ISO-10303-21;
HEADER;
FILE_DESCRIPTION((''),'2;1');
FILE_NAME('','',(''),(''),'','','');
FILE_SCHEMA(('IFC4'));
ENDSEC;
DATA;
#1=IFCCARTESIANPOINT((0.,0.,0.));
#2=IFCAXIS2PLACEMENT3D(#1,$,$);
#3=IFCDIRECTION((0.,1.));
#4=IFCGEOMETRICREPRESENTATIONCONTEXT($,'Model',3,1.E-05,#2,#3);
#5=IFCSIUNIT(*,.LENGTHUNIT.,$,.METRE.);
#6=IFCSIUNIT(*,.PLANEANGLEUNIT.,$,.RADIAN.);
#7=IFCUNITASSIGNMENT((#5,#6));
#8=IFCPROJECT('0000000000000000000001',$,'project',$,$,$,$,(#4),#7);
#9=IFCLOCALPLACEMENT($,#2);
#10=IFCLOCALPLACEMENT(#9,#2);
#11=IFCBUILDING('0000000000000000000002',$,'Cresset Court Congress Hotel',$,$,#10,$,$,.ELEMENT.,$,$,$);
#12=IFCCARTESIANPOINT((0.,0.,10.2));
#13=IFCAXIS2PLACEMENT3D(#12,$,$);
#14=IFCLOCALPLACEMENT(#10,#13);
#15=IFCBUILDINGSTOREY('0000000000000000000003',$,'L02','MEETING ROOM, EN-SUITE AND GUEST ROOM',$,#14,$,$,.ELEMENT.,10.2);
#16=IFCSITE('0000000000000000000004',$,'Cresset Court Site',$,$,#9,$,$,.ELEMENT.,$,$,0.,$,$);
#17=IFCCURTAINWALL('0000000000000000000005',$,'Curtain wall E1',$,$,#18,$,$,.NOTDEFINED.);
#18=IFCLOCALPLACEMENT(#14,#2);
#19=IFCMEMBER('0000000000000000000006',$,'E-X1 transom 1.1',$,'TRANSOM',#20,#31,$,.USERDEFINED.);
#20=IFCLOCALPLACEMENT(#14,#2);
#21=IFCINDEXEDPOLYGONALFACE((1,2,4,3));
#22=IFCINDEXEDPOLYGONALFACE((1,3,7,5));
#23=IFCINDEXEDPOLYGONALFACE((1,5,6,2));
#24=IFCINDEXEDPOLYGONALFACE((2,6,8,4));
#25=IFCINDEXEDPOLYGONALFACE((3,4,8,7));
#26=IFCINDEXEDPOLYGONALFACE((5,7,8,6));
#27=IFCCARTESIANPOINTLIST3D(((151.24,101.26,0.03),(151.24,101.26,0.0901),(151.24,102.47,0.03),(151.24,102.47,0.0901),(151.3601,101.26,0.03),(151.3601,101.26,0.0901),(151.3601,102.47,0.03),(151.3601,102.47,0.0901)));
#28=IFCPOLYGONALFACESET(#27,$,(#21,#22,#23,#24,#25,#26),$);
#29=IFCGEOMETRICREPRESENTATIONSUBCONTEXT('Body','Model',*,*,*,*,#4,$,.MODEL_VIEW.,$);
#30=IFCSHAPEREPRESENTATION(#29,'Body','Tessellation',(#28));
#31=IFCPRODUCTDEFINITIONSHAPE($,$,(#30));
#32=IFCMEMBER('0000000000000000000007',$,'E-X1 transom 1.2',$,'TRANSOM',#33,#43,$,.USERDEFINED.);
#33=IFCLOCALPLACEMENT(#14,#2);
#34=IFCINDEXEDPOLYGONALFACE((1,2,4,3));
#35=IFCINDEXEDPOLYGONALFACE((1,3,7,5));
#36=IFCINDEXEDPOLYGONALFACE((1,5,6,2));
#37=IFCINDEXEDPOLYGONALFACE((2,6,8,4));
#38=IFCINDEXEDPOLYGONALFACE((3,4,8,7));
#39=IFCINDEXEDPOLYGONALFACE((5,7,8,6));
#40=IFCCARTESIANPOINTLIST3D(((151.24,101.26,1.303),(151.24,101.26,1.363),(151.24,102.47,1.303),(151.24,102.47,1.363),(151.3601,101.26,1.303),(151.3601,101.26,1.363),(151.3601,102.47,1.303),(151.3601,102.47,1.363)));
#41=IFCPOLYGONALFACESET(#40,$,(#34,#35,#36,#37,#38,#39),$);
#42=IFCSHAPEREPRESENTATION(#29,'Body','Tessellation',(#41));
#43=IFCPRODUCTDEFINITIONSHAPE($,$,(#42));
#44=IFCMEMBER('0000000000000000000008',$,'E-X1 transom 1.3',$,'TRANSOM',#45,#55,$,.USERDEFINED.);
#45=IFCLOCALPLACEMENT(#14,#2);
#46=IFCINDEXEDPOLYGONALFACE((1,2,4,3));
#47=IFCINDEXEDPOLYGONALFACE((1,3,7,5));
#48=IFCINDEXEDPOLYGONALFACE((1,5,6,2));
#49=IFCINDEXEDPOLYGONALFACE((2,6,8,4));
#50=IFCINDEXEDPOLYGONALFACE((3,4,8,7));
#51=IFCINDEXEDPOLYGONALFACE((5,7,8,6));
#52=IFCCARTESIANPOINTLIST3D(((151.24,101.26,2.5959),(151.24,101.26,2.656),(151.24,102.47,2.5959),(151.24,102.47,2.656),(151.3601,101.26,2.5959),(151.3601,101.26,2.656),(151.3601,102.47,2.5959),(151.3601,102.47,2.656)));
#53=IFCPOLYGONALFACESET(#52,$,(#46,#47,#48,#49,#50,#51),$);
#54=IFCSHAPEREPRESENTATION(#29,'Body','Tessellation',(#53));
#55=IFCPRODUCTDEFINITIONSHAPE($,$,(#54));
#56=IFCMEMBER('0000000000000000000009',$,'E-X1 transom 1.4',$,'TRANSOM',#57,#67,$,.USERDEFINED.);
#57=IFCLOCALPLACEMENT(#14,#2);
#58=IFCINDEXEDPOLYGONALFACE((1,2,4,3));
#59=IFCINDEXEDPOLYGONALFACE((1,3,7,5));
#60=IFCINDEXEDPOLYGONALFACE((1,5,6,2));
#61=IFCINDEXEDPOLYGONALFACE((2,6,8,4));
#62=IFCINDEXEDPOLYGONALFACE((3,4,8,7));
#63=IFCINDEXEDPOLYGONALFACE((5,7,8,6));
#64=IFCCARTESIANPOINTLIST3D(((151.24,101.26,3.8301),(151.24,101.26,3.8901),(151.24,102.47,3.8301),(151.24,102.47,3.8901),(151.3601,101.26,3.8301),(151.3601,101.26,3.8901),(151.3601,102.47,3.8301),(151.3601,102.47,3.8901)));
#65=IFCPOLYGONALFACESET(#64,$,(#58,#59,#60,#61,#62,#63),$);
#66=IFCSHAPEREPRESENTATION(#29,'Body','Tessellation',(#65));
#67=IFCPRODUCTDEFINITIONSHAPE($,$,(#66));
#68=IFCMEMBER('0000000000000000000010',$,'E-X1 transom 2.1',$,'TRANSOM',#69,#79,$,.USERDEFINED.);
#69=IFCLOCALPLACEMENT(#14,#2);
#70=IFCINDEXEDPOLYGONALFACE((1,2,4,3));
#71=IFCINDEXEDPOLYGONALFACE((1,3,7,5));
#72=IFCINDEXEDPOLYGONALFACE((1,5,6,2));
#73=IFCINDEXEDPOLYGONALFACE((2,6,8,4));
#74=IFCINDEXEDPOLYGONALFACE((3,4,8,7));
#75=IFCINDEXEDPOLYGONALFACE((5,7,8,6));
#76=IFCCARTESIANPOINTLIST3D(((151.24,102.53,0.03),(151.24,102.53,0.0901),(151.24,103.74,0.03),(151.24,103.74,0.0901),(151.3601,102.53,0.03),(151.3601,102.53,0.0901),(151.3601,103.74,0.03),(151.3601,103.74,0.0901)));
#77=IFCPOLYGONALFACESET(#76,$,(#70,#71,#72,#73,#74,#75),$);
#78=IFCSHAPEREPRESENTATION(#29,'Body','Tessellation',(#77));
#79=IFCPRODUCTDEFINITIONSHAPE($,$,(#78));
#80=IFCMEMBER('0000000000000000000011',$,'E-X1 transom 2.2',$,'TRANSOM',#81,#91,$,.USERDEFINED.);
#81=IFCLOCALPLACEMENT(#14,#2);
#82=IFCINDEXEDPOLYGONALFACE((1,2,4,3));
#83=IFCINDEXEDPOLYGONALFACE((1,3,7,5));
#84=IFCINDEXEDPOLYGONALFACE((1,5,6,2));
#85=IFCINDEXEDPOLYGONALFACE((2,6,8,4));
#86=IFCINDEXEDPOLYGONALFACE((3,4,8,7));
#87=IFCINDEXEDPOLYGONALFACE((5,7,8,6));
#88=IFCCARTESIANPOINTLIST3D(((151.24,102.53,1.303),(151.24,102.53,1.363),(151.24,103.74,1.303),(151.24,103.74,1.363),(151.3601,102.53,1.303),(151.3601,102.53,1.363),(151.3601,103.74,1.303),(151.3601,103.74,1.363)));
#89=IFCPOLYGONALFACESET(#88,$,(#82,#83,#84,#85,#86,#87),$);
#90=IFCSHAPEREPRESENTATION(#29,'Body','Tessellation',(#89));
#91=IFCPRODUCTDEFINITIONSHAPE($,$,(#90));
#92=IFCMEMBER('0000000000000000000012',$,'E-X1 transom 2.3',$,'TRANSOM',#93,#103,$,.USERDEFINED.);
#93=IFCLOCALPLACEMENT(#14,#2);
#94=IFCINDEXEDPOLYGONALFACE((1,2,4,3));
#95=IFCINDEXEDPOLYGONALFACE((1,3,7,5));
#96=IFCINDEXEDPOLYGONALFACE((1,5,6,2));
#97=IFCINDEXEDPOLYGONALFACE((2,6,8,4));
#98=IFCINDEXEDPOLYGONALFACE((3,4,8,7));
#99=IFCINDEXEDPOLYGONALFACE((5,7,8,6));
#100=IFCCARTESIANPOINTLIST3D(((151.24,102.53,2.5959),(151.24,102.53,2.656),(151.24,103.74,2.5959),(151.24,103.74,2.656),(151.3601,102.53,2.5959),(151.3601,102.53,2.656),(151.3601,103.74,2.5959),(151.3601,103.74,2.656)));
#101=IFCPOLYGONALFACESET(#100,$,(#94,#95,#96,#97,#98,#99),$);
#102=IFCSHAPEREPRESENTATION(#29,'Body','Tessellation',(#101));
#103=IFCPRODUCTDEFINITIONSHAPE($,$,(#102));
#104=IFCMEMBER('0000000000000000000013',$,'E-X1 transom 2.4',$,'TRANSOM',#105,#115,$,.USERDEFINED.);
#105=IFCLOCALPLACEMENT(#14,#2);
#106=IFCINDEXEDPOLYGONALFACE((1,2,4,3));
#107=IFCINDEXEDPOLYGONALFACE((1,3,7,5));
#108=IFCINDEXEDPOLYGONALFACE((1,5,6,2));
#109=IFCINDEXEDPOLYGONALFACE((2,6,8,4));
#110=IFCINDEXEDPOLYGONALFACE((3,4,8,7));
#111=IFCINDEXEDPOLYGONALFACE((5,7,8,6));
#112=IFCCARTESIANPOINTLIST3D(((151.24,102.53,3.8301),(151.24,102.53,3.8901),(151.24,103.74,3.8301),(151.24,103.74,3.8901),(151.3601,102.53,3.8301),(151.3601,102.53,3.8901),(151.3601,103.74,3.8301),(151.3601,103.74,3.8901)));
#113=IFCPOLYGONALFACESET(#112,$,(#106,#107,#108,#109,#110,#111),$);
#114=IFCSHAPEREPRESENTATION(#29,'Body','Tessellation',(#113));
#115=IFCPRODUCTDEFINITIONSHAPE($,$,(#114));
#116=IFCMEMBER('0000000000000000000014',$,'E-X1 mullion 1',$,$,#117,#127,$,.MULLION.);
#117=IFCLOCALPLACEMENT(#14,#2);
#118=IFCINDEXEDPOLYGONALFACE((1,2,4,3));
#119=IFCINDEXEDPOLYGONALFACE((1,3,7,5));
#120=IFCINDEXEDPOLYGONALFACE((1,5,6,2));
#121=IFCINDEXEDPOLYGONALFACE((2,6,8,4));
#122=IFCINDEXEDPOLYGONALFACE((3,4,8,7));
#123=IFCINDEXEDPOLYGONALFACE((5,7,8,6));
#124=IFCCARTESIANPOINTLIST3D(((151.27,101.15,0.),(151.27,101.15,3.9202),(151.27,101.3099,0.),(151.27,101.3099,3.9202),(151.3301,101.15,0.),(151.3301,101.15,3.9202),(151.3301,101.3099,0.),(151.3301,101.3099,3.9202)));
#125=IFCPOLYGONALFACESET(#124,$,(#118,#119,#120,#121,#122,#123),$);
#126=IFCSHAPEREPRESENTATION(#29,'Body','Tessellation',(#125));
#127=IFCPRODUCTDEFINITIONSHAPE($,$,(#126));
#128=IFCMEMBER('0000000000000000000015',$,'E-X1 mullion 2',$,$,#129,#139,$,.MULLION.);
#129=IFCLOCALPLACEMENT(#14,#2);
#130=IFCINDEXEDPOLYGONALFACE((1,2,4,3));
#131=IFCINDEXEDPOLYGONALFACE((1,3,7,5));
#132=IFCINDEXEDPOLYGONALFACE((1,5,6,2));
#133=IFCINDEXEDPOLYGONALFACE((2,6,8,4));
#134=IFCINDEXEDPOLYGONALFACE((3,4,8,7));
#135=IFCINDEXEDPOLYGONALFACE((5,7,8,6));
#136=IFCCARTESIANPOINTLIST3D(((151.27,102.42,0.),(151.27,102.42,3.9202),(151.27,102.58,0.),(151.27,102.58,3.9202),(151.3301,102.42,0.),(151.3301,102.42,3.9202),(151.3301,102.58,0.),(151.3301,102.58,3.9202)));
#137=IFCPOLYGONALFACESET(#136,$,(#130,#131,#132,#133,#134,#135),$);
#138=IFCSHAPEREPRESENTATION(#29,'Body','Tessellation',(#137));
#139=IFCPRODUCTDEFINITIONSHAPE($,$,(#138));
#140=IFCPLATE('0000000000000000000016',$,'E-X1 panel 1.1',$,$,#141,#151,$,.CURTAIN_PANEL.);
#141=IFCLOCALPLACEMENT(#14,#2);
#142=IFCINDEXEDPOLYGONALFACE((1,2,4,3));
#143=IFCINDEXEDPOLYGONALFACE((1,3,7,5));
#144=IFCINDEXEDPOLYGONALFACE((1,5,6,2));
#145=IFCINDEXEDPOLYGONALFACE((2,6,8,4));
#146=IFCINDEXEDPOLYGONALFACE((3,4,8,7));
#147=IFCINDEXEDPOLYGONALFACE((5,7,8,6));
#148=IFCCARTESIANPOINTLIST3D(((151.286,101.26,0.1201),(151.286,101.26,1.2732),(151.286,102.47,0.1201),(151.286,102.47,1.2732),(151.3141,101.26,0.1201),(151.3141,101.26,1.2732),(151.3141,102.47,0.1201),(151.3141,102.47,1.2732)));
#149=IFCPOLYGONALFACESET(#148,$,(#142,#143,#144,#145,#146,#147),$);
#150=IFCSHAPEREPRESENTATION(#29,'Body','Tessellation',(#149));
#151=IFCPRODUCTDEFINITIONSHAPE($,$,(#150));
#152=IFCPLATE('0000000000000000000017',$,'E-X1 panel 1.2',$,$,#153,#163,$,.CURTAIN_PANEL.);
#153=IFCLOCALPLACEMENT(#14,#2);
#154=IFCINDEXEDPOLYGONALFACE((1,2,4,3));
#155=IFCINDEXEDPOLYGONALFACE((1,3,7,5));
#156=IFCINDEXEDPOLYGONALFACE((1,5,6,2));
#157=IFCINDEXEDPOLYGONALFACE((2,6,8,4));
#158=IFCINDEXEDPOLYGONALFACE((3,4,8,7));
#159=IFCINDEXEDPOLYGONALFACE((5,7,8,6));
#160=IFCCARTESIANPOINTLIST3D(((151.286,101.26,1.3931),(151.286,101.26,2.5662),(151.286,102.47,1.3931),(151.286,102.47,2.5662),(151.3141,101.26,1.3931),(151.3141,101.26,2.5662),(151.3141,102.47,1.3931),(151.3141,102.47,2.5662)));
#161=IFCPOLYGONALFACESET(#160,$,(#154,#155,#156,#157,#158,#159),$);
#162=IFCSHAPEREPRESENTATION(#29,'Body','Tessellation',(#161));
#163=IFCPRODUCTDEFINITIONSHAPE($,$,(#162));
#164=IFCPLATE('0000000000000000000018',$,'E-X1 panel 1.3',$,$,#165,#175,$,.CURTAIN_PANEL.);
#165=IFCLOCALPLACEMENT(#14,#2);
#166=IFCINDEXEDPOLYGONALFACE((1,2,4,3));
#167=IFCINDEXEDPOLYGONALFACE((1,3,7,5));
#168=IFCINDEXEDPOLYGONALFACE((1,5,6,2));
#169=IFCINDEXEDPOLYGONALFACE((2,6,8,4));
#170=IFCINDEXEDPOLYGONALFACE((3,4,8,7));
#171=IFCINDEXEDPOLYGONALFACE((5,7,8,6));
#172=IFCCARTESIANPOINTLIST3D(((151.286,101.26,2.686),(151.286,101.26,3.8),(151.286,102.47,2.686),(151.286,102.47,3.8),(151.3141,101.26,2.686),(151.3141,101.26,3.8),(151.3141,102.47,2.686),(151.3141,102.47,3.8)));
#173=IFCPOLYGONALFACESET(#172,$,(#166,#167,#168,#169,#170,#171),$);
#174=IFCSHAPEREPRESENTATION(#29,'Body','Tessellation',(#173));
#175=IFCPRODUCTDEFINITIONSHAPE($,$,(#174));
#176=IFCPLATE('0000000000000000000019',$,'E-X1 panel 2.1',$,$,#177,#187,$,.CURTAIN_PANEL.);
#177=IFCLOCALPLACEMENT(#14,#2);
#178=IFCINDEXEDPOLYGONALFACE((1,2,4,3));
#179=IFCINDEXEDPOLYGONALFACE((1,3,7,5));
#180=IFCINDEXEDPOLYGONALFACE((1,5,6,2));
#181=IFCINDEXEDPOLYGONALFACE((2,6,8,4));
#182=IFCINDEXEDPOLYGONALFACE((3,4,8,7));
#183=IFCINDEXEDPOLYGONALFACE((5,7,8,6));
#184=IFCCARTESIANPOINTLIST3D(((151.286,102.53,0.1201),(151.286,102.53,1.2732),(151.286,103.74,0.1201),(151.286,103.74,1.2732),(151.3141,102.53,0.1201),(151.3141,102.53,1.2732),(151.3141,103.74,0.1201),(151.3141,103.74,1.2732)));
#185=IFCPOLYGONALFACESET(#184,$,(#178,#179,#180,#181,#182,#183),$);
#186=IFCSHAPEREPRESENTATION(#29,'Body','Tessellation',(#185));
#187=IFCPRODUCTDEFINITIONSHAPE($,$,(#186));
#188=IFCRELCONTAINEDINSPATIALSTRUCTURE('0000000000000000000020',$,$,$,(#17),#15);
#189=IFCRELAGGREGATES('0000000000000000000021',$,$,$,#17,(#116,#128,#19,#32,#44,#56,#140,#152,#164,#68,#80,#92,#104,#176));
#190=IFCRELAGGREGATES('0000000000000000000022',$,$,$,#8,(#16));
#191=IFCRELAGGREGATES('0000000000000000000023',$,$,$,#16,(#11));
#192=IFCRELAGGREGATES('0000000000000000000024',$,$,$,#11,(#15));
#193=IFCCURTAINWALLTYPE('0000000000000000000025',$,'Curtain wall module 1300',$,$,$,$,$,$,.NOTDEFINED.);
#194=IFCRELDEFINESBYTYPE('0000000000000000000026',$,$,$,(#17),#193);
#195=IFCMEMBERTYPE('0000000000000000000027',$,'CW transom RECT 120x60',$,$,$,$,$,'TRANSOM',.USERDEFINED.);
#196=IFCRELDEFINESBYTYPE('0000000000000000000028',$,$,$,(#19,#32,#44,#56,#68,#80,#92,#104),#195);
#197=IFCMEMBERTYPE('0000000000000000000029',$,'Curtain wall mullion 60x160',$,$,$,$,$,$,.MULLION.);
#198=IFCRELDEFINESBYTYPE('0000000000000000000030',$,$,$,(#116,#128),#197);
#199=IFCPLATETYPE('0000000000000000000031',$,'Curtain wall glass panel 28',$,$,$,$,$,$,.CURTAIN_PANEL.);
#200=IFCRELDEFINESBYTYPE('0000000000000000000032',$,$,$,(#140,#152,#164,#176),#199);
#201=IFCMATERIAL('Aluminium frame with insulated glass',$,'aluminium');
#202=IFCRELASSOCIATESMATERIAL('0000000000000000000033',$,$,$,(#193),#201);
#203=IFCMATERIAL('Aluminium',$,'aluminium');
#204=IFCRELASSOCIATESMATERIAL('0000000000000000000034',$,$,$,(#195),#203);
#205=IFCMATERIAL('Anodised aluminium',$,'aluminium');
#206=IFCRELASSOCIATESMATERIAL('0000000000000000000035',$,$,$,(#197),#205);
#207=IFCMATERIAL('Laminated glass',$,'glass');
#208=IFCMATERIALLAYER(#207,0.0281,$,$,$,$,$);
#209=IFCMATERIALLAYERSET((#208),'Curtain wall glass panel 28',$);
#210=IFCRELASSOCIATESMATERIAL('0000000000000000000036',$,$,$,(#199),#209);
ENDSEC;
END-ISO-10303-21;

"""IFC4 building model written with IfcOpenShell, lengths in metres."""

from ifc_helpers import new_model, si_unit, direction, frame, origin, origin_2d, place, context, subcontext, project, spatial, rectangle, extrude, material, layer, layer_set, material_profile, profile_set, type_object, element, aggregate, save


model = new_model("IFC4")

# Units and contexts
model_context = context("Model", 3, precision=1e-05, world=origin(), true_north=direction((0.0, 1.0)))
body_context = subcontext(model_context, "Body", "Model", "MODEL_VIEW")
ifc_project = project(units=[si_unit("LENGTHUNIT", "METRE"), si_unit("PLANEANGLEUNIT", "RADIAN")], contexts=[model_context])

# Site, building, storey
site_placement = place(None, origin())
site = spatial("IfcSite", under=ifc_project, at=site_placement, Name="Cresset Court Site", CompositionType="ELEMENT", RefElevation=0.0)
building_placement = place(site_placement, origin())
building = spatial("IfcBuilding", under=site, at=building_placement, Name="Cresset Court Congress Hotel", CompositionType="ELEMENT")
storey_placement = place(building_placement, frame((0.0, 0.0, 10.2)))
storey = spatial("IfcBuildingStorey", under=building, at=storey_placement, Name="L02", Description="MEETING ROOM, EN-SUITE AND GUEST ROOM", CompositionType="ELEMENT", Elevation=10.2)

# Curtain wall, members, plates
ifc_material_1 = material(Name="Aluminium frame with insulated glass", Category="aluminium")
curtain_wall_type = type_object("IfcCurtainWallType", Name="Curtain wall module 1300", PredefinedType="NOTDEFINED", material=ifc_material_1)
curtain_wall_placement = place(storey_placement, origin())
curtain_wall = element("IfcCurtainWall", 1, at=curtain_wall_placement, inside=storey, type_object=curtain_wall_type, Name="Curtain wall E1", PredefinedType="NOTDEFINED")
ifc_material_2 = material(Name="Aluminium", Category="aluminium")
ifc_material_profile_1 = material_profile(ifc_material_2, rectangle(XDim=0.1201, YDim=0.0601, at=origin_2d()), Name="AL 120x60")
ifc_profile_set_1 = profile_set([ifc_material_profile_1], Name="Aluminium")
member_type_1 = type_object("IfcMemberType", Name="CW transom RECT 120x60", ElementType="TRANSOM", PredefinedType="USERDEFINED", material=ifc_profile_set_1)
member_1_placement = place(storey_placement, frame((151.3, 101.26, 0.0601), z_axis=(0.0, 1.0, 0.0), x_axis=(-1.0, 0.0, 0.0)))
member_1 = element("IfcMember", 2, at=member_1_placement, type_object=member_type_1, Name="E-X1 transom 1.1", ObjectType="TRANSOM", PredefinedType="USERDEFINED", context=body_context, shape_type="SweptSolid", body=[
    extrude(rectangle(XDim=0.1201, YDim=0.0601, at=origin_2d()), origin(), (0.0, 0.0, 1.0), 1.21),
])
member_2_placement = place(storey_placement, frame((151.3, 101.26, 1.333), z_axis=(0.0, 1.0, 0.0), x_axis=(-1.0, 0.0, 0.0)))
member_2 = element("IfcMember", 3, at=member_2_placement, type_object=member_type_1, Name="E-X1 transom 1.2", ObjectType="TRANSOM", PredefinedType="USERDEFINED", context=body_context, shape_type="SweptSolid", body=[
    extrude(rectangle(XDim=0.1201, YDim=0.0601, at=origin_2d()), origin(), (0.0, 0.0, 1.0), 1.21),
])
member_3_placement = place(storey_placement, frame((151.3, 101.26, 2.626), z_axis=(0.0, 1.0, 0.0), x_axis=(-1.0, 0.0, 0.0)))
member_3 = element("IfcMember", 4, at=member_3_placement, type_object=member_type_1, Name="E-X1 transom 1.3", ObjectType="TRANSOM", PredefinedType="USERDEFINED", context=body_context, shape_type="SweptSolid", body=[
    extrude(rectangle(XDim=0.1201, YDim=0.0601, at=origin_2d()), origin(), (0.0, 0.0, 1.0), 1.21),
])
member_4_placement = place(storey_placement, frame((151.3, 101.26, 3.8601), z_axis=(0.0, 1.0, 0.0), x_axis=(-1.0, 0.0, 0.0)))
member_4 = element("IfcMember", 5, at=member_4_placement, type_object=member_type_1, Name="E-X1 transom 1.4", ObjectType="TRANSOM", PredefinedType="USERDEFINED", context=body_context, shape_type="SweptSolid", body=[
    extrude(rectangle(XDim=0.1201, YDim=0.0601, at=origin_2d()), origin(), (0.0, 0.0, 1.0), 1.21),
])
member_5_placement = place(storey_placement, frame((151.3, 102.53, 0.0601), z_axis=(0.0, 1.0, 0.0), x_axis=(-1.0, 0.0, 0.0)))
member_5 = element("IfcMember", 6, at=member_5_placement, type_object=member_type_1, Name="E-X1 transom 2.1", ObjectType="TRANSOM", PredefinedType="USERDEFINED", context=body_context, shape_type="SweptSolid", body=[
    extrude(rectangle(XDim=0.1201, YDim=0.0601, at=origin_2d()), origin(), (0.0, 0.0, 1.0), 1.21),
])
member_6_placement = place(storey_placement, frame((151.3, 102.53, 1.333), z_axis=(0.0, 1.0, 0.0), x_axis=(-1.0, 0.0, 0.0)))
member_6 = element("IfcMember", 7, at=member_6_placement, type_object=member_type_1, Name="E-X1 transom 2.2", ObjectType="TRANSOM", PredefinedType="USERDEFINED", context=body_context, shape_type="SweptSolid", body=[
    extrude(rectangle(XDim=0.1201, YDim=0.0601, at=origin_2d()), origin(), (0.0, 0.0, 1.0), 1.21),
])
member_7_placement = place(storey_placement, frame((151.3, 102.53, 2.626), z_axis=(0.0, 1.0, 0.0), x_axis=(-1.0, 0.0, 0.0)))
member_7 = element("IfcMember", 8, at=member_7_placement, type_object=member_type_1, Name="E-X1 transom 2.3", ObjectType="TRANSOM", PredefinedType="USERDEFINED", context=body_context, shape_type="SweptSolid", body=[
    extrude(rectangle(XDim=0.1201, YDim=0.0601, at=origin_2d()), origin(), (0.0, 0.0, 1.0), 1.21),
])
member_8_placement = place(storey_placement, frame((151.3, 102.53, 3.8601), z_axis=(0.0, 1.0, 0.0), x_axis=(-1.0, 0.0, 0.0)))
member_8 = element("IfcMember", 9, at=member_8_placement, type_object=member_type_1, Name="E-X1 transom 2.4", ObjectType="TRANSOM", PredefinedType="USERDEFINED", context=body_context, shape_type="SweptSolid", body=[
    extrude(rectangle(XDim=0.1201, YDim=0.0601, at=origin_2d()), origin(), (0.0, 0.0, 1.0), 1.21),
])
ifc_material_3 = material(Name="Anodised aluminium", Category="aluminium")
ifc_material_profile_2 = material_profile(ifc_material_3, rectangle(XDim=0.0601, YDim=0.1599, at=origin_2d()), Name="AL60x160")
ifc_profile_set_2 = profile_set([ifc_material_profile_2], Name="Anodised aluminium")
member_type_2 = type_object("IfcMemberType", Name="Curtain wall mullion 60x160", PredefinedType="MULLION", material=ifc_profile_set_2)
member_9_placement = place(storey_placement, frame((151.3, 101.23, 0.0), z_axis=(0.0, 0.0, 1.0), x_axis=(-1.0, 0.0, 0.0)))
member_9 = element("IfcMember", 10, at=member_9_placement, type_object=member_type_2, Name="E-X1 mullion 1", PredefinedType="MULLION", context=body_context, shape_type="SweptSolid", body=[
    extrude(rectangle(XDim=0.0601, YDim=0.1599, at=origin_2d()), origin(), (0.0, 0.0, 1.0), 3.9202),
])
member_10_placement = place(storey_placement, frame((151.3, 102.5, 0.0), z_axis=(0.0, 0.0, 1.0), x_axis=(-1.0, 0.0, 0.0)))
member_10 = element("IfcMember", 11, at=member_10_placement, type_object=member_type_2, Name="E-X1 mullion 2", PredefinedType="MULLION", context=body_context, shape_type="SweptSolid", body=[
    extrude(rectangle(XDim=0.0601, YDim=0.1599, at=origin_2d()), origin(), (0.0, 0.0, 1.0), 3.9202),
])
ifc_material_4 = material(Name="Laminated glass", Category="glass")
ifc_layer_1 = layer(ifc_material_4, 0.0281)
ifc_layer_set_1 = layer_set([ifc_layer_1], Name="Curtain wall glass panel 28")
plate_type = type_object("IfcPlateType", Name="Curtain wall glass panel 28", PredefinedType="CURTAIN_PANEL", material=ifc_layer_set_1)
plate_1_placement = place(storey_placement, frame((151.3, 101.865, 0.1201), z_axis=(0.0, 0.0, 1.0), x_axis=(0.0, 1.0, 0.0)))
plate_1 = element("IfcPlate", 12, at=plate_1_placement, type_object=plate_type, Name="E-X1 panel 1.1", PredefinedType="CURTAIN_PANEL", context=body_context, shape_type="SweptSolid", body=[
    extrude(rectangle(XDim=1.21, YDim=0.0281, at=origin_2d()), origin(), (0.0, 0.0, 1.0), 1.1531),
])
plate_2_placement = place(storey_placement, frame((151.3, 101.865, 1.3931), z_axis=(0.0, 0.0, 1.0), x_axis=(0.0, 1.0, 0.0)))
plate_2 = element("IfcPlate", 13, at=plate_2_placement, type_object=plate_type, Name="E-X1 panel 1.2", PredefinedType="CURTAIN_PANEL", context=body_context, shape_type="SweptSolid", body=[
    extrude(rectangle(XDim=1.21, YDim=0.0281, at=origin_2d()), origin(), (0.0, 0.0, 1.0), 1.1731),
])
plate_3_placement = place(storey_placement, frame((151.3, 101.865, 2.686), z_axis=(0.0, 0.0, 1.0), x_axis=(0.0, 1.0, 0.0)))
plate_3 = element("IfcPlate", 14, at=plate_3_placement, type_object=plate_type, Name="E-X1 panel 1.3", PredefinedType="CURTAIN_PANEL", context=body_context, shape_type="SweptSolid", body=[
    extrude(rectangle(XDim=1.21, YDim=0.0281, at=origin_2d()), origin(), (0.0, 0.0, 1.0), 1.114),
])
plate_4_placement = place(storey_placement, frame((151.3, 103.135, 0.1201), z_axis=(0.0, 0.0, 1.0), x_axis=(0.0, 1.0, 0.0)))
plate_4 = element("IfcPlate", 15, at=plate_4_placement, type_object=plate_type, Name="E-X1 panel 2.1", PredefinedType="CURTAIN_PANEL", context=body_context, shape_type="SweptSolid", body=[
    extrude(rectangle(XDim=1.21, YDim=0.0281, at=origin_2d()), origin(), (0.0, 0.0, 1.0), 1.1531),
])
aggregate(curtain_wall, [member_9, member_10, member_1, member_2, member_3, member_4, plate_1, plate_2, plate_3, member_5, member_6, member_7, member_8, plate_4])

save(model, "model.ifc")
